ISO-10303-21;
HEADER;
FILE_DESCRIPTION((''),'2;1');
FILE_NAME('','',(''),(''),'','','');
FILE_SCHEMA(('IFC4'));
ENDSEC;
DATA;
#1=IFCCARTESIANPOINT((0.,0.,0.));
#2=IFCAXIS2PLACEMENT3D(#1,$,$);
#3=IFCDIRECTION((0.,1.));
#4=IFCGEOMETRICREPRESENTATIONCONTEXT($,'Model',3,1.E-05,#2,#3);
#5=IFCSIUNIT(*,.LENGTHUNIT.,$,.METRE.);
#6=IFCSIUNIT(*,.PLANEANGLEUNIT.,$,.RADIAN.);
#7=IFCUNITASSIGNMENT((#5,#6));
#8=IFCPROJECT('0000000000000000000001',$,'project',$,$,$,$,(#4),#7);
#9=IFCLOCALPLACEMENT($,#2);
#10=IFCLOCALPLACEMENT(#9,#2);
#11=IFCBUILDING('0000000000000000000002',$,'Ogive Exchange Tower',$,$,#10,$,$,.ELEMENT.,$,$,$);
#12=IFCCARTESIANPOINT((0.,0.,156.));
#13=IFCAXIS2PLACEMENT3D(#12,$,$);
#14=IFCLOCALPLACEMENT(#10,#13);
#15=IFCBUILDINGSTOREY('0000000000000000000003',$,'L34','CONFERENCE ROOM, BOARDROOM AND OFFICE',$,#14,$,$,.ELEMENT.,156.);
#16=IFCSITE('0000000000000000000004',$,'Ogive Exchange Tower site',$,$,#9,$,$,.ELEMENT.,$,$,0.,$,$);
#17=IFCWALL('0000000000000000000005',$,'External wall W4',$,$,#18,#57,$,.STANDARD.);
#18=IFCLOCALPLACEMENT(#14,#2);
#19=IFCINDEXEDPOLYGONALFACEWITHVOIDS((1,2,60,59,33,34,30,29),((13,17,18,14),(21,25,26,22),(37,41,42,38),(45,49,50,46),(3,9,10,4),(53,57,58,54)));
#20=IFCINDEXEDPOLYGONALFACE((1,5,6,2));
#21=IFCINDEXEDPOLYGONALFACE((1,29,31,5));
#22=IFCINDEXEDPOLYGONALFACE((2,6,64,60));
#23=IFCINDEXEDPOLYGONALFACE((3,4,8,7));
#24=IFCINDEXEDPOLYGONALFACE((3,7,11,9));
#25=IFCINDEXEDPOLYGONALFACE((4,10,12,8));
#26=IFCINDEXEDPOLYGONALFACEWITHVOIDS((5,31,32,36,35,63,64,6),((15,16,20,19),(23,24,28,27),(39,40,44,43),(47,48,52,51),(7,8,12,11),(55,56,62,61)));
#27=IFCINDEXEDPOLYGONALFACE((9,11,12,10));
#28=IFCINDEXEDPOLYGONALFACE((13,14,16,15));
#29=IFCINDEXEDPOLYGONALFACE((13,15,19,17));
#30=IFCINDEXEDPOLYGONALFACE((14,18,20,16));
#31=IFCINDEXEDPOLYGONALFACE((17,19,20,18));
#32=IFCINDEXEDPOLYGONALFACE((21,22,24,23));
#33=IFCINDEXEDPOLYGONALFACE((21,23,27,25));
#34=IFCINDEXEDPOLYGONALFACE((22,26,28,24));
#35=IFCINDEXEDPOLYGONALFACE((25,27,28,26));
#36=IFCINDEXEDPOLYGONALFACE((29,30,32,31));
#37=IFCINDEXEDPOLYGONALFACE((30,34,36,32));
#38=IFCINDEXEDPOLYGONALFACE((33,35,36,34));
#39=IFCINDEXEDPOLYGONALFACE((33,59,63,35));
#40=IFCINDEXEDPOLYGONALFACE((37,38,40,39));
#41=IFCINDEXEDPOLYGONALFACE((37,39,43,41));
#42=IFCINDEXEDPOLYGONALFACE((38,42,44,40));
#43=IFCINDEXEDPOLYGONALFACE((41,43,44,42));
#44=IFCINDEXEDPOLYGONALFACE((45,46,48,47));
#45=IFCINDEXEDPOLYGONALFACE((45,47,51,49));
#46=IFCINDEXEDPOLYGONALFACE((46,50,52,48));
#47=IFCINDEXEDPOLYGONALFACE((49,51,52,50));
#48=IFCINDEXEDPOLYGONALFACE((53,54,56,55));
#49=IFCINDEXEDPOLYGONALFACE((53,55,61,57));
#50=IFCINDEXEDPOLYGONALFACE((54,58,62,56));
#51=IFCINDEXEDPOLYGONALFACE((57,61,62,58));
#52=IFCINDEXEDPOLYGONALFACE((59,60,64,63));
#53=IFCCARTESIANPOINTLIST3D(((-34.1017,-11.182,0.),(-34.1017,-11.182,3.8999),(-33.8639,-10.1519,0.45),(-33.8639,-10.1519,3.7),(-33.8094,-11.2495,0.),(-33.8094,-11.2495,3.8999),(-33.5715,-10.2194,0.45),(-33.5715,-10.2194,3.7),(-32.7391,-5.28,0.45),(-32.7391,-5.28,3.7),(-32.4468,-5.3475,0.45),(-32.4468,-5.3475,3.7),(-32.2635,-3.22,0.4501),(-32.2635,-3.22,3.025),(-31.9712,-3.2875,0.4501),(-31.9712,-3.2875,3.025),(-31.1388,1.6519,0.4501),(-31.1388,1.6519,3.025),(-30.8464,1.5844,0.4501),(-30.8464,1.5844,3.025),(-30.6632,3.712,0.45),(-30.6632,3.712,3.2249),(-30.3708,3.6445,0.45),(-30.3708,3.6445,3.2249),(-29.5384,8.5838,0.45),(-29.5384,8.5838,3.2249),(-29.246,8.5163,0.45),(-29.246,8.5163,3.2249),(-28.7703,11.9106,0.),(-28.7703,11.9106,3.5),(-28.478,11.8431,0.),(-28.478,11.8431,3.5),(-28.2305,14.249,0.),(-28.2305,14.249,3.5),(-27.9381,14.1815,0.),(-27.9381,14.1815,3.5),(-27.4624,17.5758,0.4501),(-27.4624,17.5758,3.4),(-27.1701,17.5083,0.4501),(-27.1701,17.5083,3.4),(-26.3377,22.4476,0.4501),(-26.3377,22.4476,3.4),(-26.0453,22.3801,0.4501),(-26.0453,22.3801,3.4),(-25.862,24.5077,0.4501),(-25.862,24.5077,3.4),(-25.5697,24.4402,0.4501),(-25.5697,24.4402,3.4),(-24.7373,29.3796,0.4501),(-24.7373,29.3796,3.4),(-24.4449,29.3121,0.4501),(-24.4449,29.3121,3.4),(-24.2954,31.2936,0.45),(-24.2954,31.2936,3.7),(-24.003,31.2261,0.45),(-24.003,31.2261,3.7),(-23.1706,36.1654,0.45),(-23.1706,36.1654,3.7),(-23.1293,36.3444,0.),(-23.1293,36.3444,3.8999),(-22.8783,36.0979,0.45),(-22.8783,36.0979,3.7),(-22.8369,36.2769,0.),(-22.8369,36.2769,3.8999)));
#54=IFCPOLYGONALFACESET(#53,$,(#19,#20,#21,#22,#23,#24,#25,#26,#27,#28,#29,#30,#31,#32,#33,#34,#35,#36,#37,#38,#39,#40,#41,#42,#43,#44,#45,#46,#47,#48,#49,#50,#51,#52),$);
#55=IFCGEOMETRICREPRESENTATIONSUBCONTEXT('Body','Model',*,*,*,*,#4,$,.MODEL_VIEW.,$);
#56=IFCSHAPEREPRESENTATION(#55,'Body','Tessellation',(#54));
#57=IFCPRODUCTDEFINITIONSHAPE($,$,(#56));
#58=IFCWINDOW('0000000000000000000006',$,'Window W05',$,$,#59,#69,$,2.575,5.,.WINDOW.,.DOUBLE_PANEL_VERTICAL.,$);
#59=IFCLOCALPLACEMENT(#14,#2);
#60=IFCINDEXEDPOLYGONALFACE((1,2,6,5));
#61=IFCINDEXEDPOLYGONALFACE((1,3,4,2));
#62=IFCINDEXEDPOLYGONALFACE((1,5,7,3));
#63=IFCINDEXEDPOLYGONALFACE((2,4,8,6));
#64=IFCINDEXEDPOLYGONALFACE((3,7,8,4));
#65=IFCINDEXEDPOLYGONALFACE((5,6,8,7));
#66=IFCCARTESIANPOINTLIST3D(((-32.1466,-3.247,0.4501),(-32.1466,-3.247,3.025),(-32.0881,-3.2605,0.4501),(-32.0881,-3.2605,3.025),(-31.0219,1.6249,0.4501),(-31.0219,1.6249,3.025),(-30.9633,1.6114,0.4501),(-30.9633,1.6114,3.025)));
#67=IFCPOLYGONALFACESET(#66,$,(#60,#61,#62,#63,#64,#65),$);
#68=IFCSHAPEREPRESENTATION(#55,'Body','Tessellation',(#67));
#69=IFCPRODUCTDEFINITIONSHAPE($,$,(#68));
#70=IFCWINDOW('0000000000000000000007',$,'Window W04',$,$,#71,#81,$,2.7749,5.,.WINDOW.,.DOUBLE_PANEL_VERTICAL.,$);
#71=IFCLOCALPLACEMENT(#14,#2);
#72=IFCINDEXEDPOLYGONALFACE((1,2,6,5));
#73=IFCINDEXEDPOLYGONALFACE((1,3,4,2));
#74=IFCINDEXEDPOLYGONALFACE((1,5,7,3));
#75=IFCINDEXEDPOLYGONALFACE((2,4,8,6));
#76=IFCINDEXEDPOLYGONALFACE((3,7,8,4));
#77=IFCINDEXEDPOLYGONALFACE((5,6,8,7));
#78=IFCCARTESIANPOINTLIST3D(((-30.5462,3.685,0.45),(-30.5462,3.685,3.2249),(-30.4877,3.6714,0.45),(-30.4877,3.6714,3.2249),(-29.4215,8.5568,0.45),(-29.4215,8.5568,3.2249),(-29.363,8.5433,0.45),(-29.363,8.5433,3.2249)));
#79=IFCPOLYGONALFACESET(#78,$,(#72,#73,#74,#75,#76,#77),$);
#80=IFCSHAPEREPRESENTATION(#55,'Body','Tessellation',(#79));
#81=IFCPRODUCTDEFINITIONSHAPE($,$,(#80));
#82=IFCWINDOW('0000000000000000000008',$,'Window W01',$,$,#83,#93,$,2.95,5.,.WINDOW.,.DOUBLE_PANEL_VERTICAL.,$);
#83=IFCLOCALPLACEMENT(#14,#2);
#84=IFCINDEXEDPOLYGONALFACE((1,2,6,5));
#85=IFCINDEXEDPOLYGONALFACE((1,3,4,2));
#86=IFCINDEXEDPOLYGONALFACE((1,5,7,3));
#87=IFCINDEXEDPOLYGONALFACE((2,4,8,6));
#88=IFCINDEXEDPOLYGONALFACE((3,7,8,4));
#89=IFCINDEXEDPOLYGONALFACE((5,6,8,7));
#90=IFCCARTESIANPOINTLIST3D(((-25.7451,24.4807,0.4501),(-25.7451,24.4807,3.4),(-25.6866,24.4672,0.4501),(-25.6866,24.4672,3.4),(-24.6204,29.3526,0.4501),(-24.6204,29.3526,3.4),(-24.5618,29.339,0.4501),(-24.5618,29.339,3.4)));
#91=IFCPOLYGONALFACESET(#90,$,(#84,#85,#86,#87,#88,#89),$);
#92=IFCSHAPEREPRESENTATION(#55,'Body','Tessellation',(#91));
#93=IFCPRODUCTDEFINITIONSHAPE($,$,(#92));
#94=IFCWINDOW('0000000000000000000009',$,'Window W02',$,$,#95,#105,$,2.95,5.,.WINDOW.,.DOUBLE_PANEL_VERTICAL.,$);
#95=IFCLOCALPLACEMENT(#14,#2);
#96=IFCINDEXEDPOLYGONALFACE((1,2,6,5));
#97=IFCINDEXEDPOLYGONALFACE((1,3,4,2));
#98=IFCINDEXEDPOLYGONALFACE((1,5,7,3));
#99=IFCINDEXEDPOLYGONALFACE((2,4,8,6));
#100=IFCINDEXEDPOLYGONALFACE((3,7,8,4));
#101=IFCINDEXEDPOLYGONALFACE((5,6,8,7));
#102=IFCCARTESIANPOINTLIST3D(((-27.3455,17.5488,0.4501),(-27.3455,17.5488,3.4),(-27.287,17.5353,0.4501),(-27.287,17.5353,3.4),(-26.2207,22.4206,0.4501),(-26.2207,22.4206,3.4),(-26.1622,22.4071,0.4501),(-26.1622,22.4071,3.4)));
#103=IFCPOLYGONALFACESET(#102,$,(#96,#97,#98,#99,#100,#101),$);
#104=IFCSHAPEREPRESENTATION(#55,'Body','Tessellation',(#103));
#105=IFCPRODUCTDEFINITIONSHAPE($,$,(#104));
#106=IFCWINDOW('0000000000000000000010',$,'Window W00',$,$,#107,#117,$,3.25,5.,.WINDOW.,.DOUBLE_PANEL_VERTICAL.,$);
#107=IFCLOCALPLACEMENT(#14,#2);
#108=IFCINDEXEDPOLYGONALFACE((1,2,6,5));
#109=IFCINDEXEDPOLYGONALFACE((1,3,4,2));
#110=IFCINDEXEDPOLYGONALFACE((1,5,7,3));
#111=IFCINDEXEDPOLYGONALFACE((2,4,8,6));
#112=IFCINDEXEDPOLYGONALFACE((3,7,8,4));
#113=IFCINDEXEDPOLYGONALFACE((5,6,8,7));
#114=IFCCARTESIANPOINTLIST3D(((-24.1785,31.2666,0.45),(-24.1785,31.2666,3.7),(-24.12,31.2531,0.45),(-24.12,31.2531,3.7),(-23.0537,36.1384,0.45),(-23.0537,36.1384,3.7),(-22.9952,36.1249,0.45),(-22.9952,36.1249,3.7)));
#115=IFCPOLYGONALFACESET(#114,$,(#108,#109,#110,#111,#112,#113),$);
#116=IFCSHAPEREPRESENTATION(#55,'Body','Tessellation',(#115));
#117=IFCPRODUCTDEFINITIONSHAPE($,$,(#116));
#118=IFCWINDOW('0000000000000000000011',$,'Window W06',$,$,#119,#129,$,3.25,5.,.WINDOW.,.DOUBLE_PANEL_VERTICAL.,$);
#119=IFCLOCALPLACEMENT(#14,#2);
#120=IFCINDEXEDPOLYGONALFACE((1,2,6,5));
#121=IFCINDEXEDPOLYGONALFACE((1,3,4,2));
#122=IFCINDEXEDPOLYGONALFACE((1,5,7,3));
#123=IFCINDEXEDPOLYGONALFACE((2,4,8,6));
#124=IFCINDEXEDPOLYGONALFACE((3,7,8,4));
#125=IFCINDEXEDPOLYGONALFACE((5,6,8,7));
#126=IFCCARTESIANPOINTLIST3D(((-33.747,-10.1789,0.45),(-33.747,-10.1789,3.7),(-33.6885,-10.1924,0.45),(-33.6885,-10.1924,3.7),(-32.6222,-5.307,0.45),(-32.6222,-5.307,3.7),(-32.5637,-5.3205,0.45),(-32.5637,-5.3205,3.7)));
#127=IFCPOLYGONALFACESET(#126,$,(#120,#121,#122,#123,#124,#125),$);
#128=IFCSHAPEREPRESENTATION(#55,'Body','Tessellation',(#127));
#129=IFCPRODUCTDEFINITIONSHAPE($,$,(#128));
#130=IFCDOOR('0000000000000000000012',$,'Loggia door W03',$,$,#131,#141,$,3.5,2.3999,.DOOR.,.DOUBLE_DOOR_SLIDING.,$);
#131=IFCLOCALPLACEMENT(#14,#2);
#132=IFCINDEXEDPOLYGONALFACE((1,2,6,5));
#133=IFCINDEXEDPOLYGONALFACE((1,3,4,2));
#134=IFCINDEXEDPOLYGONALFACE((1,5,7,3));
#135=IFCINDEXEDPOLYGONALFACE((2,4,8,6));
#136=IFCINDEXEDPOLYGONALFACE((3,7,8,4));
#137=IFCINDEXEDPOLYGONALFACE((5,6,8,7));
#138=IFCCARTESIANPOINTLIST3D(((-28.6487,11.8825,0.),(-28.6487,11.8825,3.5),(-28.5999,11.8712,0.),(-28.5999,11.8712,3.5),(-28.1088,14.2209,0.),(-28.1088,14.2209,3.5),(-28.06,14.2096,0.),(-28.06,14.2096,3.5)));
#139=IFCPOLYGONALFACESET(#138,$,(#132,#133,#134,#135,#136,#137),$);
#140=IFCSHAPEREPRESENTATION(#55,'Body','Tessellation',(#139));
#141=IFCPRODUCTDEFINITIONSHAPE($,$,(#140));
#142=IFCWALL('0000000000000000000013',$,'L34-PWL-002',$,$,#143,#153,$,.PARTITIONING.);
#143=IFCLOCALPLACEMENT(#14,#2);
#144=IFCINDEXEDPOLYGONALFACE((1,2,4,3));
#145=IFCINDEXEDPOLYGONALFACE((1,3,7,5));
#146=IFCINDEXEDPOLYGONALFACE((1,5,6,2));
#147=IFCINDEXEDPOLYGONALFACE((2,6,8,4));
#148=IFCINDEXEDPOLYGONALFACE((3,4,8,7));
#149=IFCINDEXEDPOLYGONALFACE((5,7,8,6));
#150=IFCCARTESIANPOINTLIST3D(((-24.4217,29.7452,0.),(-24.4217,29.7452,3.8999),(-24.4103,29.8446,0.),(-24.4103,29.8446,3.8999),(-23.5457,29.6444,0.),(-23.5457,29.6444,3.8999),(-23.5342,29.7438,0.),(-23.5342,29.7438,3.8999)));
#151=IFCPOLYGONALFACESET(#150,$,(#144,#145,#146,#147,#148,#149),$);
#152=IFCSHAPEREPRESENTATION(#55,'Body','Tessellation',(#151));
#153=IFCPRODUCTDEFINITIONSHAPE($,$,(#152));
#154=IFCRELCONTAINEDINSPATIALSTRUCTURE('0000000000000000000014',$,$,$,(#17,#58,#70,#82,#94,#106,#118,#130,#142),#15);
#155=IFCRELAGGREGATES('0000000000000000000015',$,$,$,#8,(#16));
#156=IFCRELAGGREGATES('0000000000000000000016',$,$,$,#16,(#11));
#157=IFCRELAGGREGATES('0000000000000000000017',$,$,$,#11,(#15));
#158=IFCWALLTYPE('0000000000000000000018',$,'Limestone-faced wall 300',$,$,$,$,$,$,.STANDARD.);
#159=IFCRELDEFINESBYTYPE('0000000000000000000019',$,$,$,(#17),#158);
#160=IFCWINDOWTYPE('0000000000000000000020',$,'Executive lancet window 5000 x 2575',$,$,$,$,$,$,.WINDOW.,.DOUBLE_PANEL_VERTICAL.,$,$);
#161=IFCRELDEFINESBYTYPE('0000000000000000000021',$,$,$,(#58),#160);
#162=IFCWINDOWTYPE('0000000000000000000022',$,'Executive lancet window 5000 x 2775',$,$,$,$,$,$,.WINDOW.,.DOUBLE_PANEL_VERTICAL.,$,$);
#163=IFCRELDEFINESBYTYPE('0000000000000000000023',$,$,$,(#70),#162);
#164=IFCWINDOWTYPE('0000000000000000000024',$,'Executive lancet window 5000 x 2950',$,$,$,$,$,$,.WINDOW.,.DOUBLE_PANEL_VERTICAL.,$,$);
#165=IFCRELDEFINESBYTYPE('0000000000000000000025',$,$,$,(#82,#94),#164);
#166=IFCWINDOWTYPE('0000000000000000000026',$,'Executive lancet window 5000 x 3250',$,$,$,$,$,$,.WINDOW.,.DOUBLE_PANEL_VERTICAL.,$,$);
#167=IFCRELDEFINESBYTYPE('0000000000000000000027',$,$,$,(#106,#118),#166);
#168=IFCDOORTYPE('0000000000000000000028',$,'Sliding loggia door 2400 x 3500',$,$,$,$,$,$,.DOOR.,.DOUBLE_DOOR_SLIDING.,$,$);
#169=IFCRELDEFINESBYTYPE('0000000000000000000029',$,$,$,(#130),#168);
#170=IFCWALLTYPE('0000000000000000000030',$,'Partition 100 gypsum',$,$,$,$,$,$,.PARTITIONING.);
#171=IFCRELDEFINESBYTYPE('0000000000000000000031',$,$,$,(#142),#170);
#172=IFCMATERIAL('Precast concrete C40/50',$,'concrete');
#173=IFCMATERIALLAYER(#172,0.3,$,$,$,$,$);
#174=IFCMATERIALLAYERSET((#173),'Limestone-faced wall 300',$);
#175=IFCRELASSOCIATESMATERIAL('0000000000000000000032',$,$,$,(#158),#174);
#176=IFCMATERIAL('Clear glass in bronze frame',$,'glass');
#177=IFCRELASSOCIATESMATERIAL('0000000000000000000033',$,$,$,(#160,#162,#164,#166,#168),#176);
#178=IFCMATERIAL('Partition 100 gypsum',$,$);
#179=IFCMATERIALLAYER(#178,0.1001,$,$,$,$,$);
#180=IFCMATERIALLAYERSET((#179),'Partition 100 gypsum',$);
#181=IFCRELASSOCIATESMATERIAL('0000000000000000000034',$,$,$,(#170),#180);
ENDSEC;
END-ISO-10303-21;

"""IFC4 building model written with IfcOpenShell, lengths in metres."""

from ifc_helpers import new_model, si_unit, direction, frame, frame_2d, origin, place, context, subcontext, project, spatial, rectangle, extrude, material, layer, layer_set, type_object, element, fill, save


model = new_model("IFC4")

# Units and contexts
model_context = context("Model", 3, precision=1e-05, world=origin(), true_north=direction((0.0, 1.0)))
body_context = subcontext(model_context, "Body", "Model", "MODEL_VIEW")
ifc_project = project(units=[si_unit("LENGTHUNIT", "METRE"), si_unit("PLANEANGLEUNIT", "RADIAN")], contexts=[model_context])

# Site, building, storey
site_placement = place(None, origin())
site = spatial("IfcSite", under=ifc_project, at=site_placement, Name="Ogive Exchange Tower site", CompositionType="ELEMENT", RefElevation=0.0)
building_placement = place(site_placement, origin())
building = spatial("IfcBuilding", under=site, at=building_placement, Name="Ogive Exchange Tower", CompositionType="ELEMENT")
storey_placement = place(building_placement, frame((0.0, 0.0, 156.0)))
storey = spatial("IfcBuildingStorey", under=building, at=storey_placement, Name="L34", Description="CONFERENCE ROOM, BOARDROOM AND OFFICE", CompositionType="ELEMENT", Elevation=156.0)

# Shared definitions
ifc_material_1 = material(Name="Precast concrete C40/50", Category="concrete")
ifc_layer_1 = layer(ifc_material_1, 0.3)
ifc_layer_set_1 = layer_set([ifc_layer_1], Name="Limestone-faced wall 300")
wall_type_1 = type_object("IfcWallType", Name="Limestone-faced wall 300", PredefinedType="STANDARD", material=ifc_layer_set_1)

# Wall, openings, windows, door
wall_1_placement = place(storey_placement, frame((-22.9832, 36.3105, 0.0), z_axis=(0.0, 0.0, 1.0), x_axis=(-0.224953, -0.97437, 0.0)))
wall_1 = element("IfcWall", 1, at=wall_1_placement, inside=storey, type_object=wall_type_1, Name="External wall W4", PredefinedType="STANDARD", context=body_context, shape_type="SweptSolid", body=[
    extrude(rectangle(XDim=48.7766, YDim=0.3, at=frame_2d((24.3882, 0.0))), origin(), (0.0, 0.0, 1.0), 3.8999),
])
opening_1_placement = place(wall_1_placement, frame((0.1836, 0.0, 0.45)))
opening_1 = element("IfcOpeningElement", 2, at=opening_1_placement, cuts=wall_1, PredefinedType="OPENING", context=body_context, shape_type="SweptSolid", body=[
    extrude(rectangle(XDim=5.0, YDim=3.25, at=frame_2d((2.5, 1.625))), frame((0.0, 0.1599, 0.0), z_axis=(0.0, -1.0, 0.0), x_axis=(1.0, 0.0, 0.0)), (0.0, 0.0, 1.0), 0.3201),
])
opening_2_placement = place(wall_1_placement, frame((7.1479, 0.0, 0.45)))
opening_2 = element("IfcOpeningElement", 3, at=opening_2_placement, cuts=wall_1, PredefinedType="OPENING", context=body_context, shape_type="SweptSolid", body=[
    extrude(rectangle(XDim=5.0, YDim=2.95, at=frame_2d((2.5, 1.4751))), frame((0.0, 0.1599, 0.0), z_axis=(0.0, -1.0, 0.0), x_axis=(1.0, 0.0, 0.0)), (0.0, 0.0, 1.0), 0.3201),
])
opening_3_placement = place(wall_1_placement, frame((14.2622, 0.0, 0.45)))
opening_3 = element("IfcOpeningElement", 4, at=opening_3_placement, cuts=wall_1, PredefinedType="OPENING", context=body_context, shape_type="SweptSolid", body=[
    extrude(rectangle(XDim=5.0, YDim=2.95, at=frame_2d((2.5, 1.4751))), frame((0.0, 0.1599, 0.0), z_axis=(0.0, -1.0, 0.0), x_axis=(1.0, 0.0, 0.0)), (0.0, 0.0, 1.0), 0.3201),
])
opening_4_placement = place(wall_1_placement, frame((22.6765, 0.0, 0.0)))
opening_4 = element("IfcOpeningElement", 5, at=opening_4_placement, cuts=wall_1, PredefinedType="OPENING", context=body_context, shape_type="SweptSolid", body=[
    extrude(rectangle(XDim=2.3999, YDim=3.5, at=frame_2d((1.2, 1.75))), frame((0.0, 0.1599, 0.0), z_axis=(0.0, -1.0, 0.0), x_axis=(1.0, 0.0, 0.0)), (0.0, 0.0, 1.0), 0.3201),
])
opening_5_placement = place(wall_1_placement, frame((28.4907, 0.0, 0.45)))
opening_5 = element("IfcOpeningElement", 6, at=opening_5_placement, cuts=wall_1, PredefinedType="OPENING", context=body_context, shape_type="SweptSolid", body=[
    extrude(rectangle(XDim=5.0, YDim=2.7749, at=frame_2d((2.5, 1.3875))), frame((0.0, 0.1599, 0.0), z_axis=(0.0, -1.0, 0.0), x_axis=(1.0, 0.0, 0.0)), (0.0, 0.0, 1.0), 0.3201),
])
opening_6_placement = place(wall_1_placement, frame((35.605, 0.0, 0.45)))
opening_6 = element("IfcOpeningElement", 7, at=opening_6_placement, cuts=wall_1, PredefinedType="OPENING", context=body_context, shape_type="SweptSolid", body=[
    extrude(rectangle(XDim=5.0, YDim=2.575, at=frame_2d((2.5, 1.2876))), frame((0.0, 0.1599, 0.0), z_axis=(0.0, -1.0, 0.0), x_axis=(1.0, 0.0, 0.0)), (0.0, 0.0, 1.0), 0.3201),
])
opening_7_placement = place(wall_1_placement, frame((42.7192, 0.0, 0.45)))
opening_7 = element("IfcOpeningElement", 8, at=opening_7_placement, cuts=wall_1, PredefinedType="OPENING", context=body_context, shape_type="SweptSolid", body=[
    extrude(rectangle(XDim=5.0, YDim=3.25, at=frame_2d((2.5, 1.625))), frame((0.0, 0.1599, 0.0), z_axis=(0.0, -1.0, 0.0), x_axis=(1.0, 0.0, 0.0)), (0.0, 0.0, 1.0), 0.3201),
])
ifc_material_2 = material(Name="Clear glass in bronze frame", Category="glass")
window_type_1 = type_object("IfcWindowType", Name="Executive lancet window 5000 x 2575", PartitioningType="DOUBLE_PANEL_VERTICAL", PredefinedType="WINDOW", material=ifc_material_2)
window_1_placement = place(opening_6_placement, origin())
window_1 = element("IfcWindow", 9, at=window_1_placement, inside=storey, type_object=window_type_1, Name="Window W05", OverallHeight=2.575, OverallWidth=5.0, PartitioningType="DOUBLE_PANEL_VERTICAL", PredefinedType="WINDOW", context=body_context, shape_type="SweptSolid", body=[
    extrude(rectangle(XDim=5.0, YDim=2.575, at=frame_2d((2.5, 1.2876))), frame((0.0, 0.03, 0.0), z_axis=(0.0, -1.0, 0.0), x_axis=(1.0, 0.0, 0.0)), (0.0, 0.0, 1.0), 0.0601),
])
fill(opening_6, window_1)
window_type_2 = type_object("IfcWindowType", Name="Executive lancet window 5000 x 2775", PartitioningType="DOUBLE_PANEL_VERTICAL", PredefinedType="WINDOW", material=ifc_material_2)
window_2_placement = place(opening_5_placement, origin())
window_2 = element("IfcWindow", 10, at=window_2_placement, inside=storey, type_object=window_type_2, Name="Window W04", OverallHeight=2.7749, OverallWidth=5.0, PartitioningType="DOUBLE_PANEL_VERTICAL", PredefinedType="WINDOW", context=body_context, shape_type="SweptSolid", body=[
    extrude(rectangle(XDim=5.0, YDim=2.7749, at=frame_2d((2.5, 1.3875))), frame((0.0, 0.03, 0.0), z_axis=(0.0, -1.0, 0.0), x_axis=(1.0, 0.0, 0.0)), (0.0, 0.0, 1.0), 0.0601),
])
fill(opening_5, window_2)
window_type_3 = type_object("IfcWindowType", Name="Executive lancet window 5000 x 2950", PartitioningType="DOUBLE_PANEL_VERTICAL", PredefinedType="WINDOW", material=ifc_material_2)
window_3_placement = place(opening_2_placement, origin())
window_3 = element("IfcWindow", 11, at=window_3_placement, inside=storey, type_object=window_type_3, Name="Window W01", OverallHeight=2.95, OverallWidth=5.0, PartitioningType="DOUBLE_PANEL_VERTICAL", PredefinedType="WINDOW", context=body_context, shape_type="SweptSolid", body=[
    extrude(rectangle(XDim=5.0, YDim=2.95, at=frame_2d((2.5, 1.4751))), frame((0.0, 0.03, 0.0), z_axis=(0.0, -1.0, 0.0), x_axis=(1.0, 0.0, 0.0)), (0.0, 0.0, 1.0), 0.0601),
])
fill(opening_2, window_3)
window_4_placement = place(opening_3_placement, origin())
window_4 = element("IfcWindow", 12, at=window_4_placement, inside=storey, type_object=window_type_3, Name="Window W02", OverallHeight=2.95, OverallWidth=5.0, PartitioningType="DOUBLE_PANEL_VERTICAL", PredefinedType="WINDOW", context=body_context, shape_type="SweptSolid", body=[
    extrude(rectangle(XDim=5.0, YDim=2.95, at=frame_2d((2.5, 1.4751))), frame((0.0, 0.03, 0.0), z_axis=(0.0, -1.0, 0.0), x_axis=(1.0, 0.0, 0.0)), (0.0, 0.0, 1.0), 0.0601),
])
fill(opening_3, window_4)
window_type_4 = type_object("IfcWindowType", Name="Executive lancet window 5000 x 3250", PartitioningType="DOUBLE_PANEL_VERTICAL", PredefinedType="WINDOW", material=ifc_material_2)
window_5_placement = place(opening_1_placement, origin())
window_5 = element("IfcWindow", 13, at=window_5_placement, inside=storey, type_object=window_type_4, Name="Window W00", OverallHeight=3.25, OverallWidth=5.0, PartitioningType="DOUBLE_PANEL_VERTICAL", PredefinedType="WINDOW", context=body_context, shape_type="SweptSolid", body=[
    extrude(rectangle(XDim=5.0, YDim=3.25, at=frame_2d((2.5, 1.625))), frame((0.0, 0.03, 0.0), z_axis=(0.0, -1.0, 0.0), x_axis=(1.0, 0.0, 0.0)), (0.0, 0.0, 1.0), 0.0601),
])
fill(opening_1, window_5)
window_6_placement = place(opening_7_placement, origin())
window_6 = element("IfcWindow", 14, at=window_6_placement, inside=storey, type_object=window_type_4, Name="Window W06", OverallHeight=3.25, OverallWidth=5.0, PartitioningType="DOUBLE_PANEL_VERTICAL", PredefinedType="WINDOW", context=body_context, shape_type="SweptSolid", body=[
    extrude(rectangle(XDim=5.0, YDim=3.25, at=frame_2d((2.5, 1.625))), frame((0.0, 0.03, 0.0), z_axis=(0.0, -1.0, 0.0), x_axis=(1.0, 0.0, 0.0)), (0.0, 0.0, 1.0), 0.0601),
])
fill(opening_7, window_6)
door_type_1 = type_object("IfcDoorType", Name="Sliding loggia door 2400 x 3500", OperationType="DOUBLE_DOOR_SLIDING", PredefinedType="DOOR", material=ifc_material_2)
door_1_placement = place(opening_4_placement, origin())
door_1 = element("IfcDoor", 15, at=door_1_placement, inside=storey, type_object=door_type_1, Name="Loggia door W03", OperationType="DOUBLE_DOOR_SLIDING", OverallHeight=3.5, OverallWidth=2.3999, PredefinedType="DOOR", context=body_context, shape_type="SweptSolid", body=[
    extrude(rectangle(XDim=2.3999, YDim=3.5, at=frame_2d((1.2, 1.75))), frame((0.0, 0.0249, 0.0), z_axis=(0.0, -1.0, 0.0), x_axis=(1.0, 0.0, 0.0)), (0.0, 0.0, 1.0), 0.05),
])
fill(opening_4, door_1)

# Wall
ifc_material_3 = material(Name="Partition 100 gypsum")
ifc_layer_2 = layer(ifc_material_3, 0.1001)
ifc_layer_set_2 = layer_set([ifc_layer_2], Name="Partition 100 gypsum")
wall_type_2 = type_object("IfcWallType", Name="Partition 100 gypsum", PredefinedType="PARTITIONING", material=ifc_layer_set_2)
wall_2_placement = place(storey_placement, frame((-24.416, 29.7949, 0.0), z_axis=(0.0, 0.0, 1.0), x_axis=(0.99344, -0.114351, 0.0)))
element("IfcWall", 16, at=wall_2_placement, inside=storey, type_object=wall_type_2, Name="L34-PWL-002", PredefinedType="PARTITIONING", context=body_context, shape_type="SweptSolid", body=[
    extrude(rectangle(XDim=0.8818, YDim=0.1001, at=frame_2d((0.4409, 0.0))), origin(), (0.0, 0.0, 1.0), 3.8999),
])

save(model, "model.ifc")
